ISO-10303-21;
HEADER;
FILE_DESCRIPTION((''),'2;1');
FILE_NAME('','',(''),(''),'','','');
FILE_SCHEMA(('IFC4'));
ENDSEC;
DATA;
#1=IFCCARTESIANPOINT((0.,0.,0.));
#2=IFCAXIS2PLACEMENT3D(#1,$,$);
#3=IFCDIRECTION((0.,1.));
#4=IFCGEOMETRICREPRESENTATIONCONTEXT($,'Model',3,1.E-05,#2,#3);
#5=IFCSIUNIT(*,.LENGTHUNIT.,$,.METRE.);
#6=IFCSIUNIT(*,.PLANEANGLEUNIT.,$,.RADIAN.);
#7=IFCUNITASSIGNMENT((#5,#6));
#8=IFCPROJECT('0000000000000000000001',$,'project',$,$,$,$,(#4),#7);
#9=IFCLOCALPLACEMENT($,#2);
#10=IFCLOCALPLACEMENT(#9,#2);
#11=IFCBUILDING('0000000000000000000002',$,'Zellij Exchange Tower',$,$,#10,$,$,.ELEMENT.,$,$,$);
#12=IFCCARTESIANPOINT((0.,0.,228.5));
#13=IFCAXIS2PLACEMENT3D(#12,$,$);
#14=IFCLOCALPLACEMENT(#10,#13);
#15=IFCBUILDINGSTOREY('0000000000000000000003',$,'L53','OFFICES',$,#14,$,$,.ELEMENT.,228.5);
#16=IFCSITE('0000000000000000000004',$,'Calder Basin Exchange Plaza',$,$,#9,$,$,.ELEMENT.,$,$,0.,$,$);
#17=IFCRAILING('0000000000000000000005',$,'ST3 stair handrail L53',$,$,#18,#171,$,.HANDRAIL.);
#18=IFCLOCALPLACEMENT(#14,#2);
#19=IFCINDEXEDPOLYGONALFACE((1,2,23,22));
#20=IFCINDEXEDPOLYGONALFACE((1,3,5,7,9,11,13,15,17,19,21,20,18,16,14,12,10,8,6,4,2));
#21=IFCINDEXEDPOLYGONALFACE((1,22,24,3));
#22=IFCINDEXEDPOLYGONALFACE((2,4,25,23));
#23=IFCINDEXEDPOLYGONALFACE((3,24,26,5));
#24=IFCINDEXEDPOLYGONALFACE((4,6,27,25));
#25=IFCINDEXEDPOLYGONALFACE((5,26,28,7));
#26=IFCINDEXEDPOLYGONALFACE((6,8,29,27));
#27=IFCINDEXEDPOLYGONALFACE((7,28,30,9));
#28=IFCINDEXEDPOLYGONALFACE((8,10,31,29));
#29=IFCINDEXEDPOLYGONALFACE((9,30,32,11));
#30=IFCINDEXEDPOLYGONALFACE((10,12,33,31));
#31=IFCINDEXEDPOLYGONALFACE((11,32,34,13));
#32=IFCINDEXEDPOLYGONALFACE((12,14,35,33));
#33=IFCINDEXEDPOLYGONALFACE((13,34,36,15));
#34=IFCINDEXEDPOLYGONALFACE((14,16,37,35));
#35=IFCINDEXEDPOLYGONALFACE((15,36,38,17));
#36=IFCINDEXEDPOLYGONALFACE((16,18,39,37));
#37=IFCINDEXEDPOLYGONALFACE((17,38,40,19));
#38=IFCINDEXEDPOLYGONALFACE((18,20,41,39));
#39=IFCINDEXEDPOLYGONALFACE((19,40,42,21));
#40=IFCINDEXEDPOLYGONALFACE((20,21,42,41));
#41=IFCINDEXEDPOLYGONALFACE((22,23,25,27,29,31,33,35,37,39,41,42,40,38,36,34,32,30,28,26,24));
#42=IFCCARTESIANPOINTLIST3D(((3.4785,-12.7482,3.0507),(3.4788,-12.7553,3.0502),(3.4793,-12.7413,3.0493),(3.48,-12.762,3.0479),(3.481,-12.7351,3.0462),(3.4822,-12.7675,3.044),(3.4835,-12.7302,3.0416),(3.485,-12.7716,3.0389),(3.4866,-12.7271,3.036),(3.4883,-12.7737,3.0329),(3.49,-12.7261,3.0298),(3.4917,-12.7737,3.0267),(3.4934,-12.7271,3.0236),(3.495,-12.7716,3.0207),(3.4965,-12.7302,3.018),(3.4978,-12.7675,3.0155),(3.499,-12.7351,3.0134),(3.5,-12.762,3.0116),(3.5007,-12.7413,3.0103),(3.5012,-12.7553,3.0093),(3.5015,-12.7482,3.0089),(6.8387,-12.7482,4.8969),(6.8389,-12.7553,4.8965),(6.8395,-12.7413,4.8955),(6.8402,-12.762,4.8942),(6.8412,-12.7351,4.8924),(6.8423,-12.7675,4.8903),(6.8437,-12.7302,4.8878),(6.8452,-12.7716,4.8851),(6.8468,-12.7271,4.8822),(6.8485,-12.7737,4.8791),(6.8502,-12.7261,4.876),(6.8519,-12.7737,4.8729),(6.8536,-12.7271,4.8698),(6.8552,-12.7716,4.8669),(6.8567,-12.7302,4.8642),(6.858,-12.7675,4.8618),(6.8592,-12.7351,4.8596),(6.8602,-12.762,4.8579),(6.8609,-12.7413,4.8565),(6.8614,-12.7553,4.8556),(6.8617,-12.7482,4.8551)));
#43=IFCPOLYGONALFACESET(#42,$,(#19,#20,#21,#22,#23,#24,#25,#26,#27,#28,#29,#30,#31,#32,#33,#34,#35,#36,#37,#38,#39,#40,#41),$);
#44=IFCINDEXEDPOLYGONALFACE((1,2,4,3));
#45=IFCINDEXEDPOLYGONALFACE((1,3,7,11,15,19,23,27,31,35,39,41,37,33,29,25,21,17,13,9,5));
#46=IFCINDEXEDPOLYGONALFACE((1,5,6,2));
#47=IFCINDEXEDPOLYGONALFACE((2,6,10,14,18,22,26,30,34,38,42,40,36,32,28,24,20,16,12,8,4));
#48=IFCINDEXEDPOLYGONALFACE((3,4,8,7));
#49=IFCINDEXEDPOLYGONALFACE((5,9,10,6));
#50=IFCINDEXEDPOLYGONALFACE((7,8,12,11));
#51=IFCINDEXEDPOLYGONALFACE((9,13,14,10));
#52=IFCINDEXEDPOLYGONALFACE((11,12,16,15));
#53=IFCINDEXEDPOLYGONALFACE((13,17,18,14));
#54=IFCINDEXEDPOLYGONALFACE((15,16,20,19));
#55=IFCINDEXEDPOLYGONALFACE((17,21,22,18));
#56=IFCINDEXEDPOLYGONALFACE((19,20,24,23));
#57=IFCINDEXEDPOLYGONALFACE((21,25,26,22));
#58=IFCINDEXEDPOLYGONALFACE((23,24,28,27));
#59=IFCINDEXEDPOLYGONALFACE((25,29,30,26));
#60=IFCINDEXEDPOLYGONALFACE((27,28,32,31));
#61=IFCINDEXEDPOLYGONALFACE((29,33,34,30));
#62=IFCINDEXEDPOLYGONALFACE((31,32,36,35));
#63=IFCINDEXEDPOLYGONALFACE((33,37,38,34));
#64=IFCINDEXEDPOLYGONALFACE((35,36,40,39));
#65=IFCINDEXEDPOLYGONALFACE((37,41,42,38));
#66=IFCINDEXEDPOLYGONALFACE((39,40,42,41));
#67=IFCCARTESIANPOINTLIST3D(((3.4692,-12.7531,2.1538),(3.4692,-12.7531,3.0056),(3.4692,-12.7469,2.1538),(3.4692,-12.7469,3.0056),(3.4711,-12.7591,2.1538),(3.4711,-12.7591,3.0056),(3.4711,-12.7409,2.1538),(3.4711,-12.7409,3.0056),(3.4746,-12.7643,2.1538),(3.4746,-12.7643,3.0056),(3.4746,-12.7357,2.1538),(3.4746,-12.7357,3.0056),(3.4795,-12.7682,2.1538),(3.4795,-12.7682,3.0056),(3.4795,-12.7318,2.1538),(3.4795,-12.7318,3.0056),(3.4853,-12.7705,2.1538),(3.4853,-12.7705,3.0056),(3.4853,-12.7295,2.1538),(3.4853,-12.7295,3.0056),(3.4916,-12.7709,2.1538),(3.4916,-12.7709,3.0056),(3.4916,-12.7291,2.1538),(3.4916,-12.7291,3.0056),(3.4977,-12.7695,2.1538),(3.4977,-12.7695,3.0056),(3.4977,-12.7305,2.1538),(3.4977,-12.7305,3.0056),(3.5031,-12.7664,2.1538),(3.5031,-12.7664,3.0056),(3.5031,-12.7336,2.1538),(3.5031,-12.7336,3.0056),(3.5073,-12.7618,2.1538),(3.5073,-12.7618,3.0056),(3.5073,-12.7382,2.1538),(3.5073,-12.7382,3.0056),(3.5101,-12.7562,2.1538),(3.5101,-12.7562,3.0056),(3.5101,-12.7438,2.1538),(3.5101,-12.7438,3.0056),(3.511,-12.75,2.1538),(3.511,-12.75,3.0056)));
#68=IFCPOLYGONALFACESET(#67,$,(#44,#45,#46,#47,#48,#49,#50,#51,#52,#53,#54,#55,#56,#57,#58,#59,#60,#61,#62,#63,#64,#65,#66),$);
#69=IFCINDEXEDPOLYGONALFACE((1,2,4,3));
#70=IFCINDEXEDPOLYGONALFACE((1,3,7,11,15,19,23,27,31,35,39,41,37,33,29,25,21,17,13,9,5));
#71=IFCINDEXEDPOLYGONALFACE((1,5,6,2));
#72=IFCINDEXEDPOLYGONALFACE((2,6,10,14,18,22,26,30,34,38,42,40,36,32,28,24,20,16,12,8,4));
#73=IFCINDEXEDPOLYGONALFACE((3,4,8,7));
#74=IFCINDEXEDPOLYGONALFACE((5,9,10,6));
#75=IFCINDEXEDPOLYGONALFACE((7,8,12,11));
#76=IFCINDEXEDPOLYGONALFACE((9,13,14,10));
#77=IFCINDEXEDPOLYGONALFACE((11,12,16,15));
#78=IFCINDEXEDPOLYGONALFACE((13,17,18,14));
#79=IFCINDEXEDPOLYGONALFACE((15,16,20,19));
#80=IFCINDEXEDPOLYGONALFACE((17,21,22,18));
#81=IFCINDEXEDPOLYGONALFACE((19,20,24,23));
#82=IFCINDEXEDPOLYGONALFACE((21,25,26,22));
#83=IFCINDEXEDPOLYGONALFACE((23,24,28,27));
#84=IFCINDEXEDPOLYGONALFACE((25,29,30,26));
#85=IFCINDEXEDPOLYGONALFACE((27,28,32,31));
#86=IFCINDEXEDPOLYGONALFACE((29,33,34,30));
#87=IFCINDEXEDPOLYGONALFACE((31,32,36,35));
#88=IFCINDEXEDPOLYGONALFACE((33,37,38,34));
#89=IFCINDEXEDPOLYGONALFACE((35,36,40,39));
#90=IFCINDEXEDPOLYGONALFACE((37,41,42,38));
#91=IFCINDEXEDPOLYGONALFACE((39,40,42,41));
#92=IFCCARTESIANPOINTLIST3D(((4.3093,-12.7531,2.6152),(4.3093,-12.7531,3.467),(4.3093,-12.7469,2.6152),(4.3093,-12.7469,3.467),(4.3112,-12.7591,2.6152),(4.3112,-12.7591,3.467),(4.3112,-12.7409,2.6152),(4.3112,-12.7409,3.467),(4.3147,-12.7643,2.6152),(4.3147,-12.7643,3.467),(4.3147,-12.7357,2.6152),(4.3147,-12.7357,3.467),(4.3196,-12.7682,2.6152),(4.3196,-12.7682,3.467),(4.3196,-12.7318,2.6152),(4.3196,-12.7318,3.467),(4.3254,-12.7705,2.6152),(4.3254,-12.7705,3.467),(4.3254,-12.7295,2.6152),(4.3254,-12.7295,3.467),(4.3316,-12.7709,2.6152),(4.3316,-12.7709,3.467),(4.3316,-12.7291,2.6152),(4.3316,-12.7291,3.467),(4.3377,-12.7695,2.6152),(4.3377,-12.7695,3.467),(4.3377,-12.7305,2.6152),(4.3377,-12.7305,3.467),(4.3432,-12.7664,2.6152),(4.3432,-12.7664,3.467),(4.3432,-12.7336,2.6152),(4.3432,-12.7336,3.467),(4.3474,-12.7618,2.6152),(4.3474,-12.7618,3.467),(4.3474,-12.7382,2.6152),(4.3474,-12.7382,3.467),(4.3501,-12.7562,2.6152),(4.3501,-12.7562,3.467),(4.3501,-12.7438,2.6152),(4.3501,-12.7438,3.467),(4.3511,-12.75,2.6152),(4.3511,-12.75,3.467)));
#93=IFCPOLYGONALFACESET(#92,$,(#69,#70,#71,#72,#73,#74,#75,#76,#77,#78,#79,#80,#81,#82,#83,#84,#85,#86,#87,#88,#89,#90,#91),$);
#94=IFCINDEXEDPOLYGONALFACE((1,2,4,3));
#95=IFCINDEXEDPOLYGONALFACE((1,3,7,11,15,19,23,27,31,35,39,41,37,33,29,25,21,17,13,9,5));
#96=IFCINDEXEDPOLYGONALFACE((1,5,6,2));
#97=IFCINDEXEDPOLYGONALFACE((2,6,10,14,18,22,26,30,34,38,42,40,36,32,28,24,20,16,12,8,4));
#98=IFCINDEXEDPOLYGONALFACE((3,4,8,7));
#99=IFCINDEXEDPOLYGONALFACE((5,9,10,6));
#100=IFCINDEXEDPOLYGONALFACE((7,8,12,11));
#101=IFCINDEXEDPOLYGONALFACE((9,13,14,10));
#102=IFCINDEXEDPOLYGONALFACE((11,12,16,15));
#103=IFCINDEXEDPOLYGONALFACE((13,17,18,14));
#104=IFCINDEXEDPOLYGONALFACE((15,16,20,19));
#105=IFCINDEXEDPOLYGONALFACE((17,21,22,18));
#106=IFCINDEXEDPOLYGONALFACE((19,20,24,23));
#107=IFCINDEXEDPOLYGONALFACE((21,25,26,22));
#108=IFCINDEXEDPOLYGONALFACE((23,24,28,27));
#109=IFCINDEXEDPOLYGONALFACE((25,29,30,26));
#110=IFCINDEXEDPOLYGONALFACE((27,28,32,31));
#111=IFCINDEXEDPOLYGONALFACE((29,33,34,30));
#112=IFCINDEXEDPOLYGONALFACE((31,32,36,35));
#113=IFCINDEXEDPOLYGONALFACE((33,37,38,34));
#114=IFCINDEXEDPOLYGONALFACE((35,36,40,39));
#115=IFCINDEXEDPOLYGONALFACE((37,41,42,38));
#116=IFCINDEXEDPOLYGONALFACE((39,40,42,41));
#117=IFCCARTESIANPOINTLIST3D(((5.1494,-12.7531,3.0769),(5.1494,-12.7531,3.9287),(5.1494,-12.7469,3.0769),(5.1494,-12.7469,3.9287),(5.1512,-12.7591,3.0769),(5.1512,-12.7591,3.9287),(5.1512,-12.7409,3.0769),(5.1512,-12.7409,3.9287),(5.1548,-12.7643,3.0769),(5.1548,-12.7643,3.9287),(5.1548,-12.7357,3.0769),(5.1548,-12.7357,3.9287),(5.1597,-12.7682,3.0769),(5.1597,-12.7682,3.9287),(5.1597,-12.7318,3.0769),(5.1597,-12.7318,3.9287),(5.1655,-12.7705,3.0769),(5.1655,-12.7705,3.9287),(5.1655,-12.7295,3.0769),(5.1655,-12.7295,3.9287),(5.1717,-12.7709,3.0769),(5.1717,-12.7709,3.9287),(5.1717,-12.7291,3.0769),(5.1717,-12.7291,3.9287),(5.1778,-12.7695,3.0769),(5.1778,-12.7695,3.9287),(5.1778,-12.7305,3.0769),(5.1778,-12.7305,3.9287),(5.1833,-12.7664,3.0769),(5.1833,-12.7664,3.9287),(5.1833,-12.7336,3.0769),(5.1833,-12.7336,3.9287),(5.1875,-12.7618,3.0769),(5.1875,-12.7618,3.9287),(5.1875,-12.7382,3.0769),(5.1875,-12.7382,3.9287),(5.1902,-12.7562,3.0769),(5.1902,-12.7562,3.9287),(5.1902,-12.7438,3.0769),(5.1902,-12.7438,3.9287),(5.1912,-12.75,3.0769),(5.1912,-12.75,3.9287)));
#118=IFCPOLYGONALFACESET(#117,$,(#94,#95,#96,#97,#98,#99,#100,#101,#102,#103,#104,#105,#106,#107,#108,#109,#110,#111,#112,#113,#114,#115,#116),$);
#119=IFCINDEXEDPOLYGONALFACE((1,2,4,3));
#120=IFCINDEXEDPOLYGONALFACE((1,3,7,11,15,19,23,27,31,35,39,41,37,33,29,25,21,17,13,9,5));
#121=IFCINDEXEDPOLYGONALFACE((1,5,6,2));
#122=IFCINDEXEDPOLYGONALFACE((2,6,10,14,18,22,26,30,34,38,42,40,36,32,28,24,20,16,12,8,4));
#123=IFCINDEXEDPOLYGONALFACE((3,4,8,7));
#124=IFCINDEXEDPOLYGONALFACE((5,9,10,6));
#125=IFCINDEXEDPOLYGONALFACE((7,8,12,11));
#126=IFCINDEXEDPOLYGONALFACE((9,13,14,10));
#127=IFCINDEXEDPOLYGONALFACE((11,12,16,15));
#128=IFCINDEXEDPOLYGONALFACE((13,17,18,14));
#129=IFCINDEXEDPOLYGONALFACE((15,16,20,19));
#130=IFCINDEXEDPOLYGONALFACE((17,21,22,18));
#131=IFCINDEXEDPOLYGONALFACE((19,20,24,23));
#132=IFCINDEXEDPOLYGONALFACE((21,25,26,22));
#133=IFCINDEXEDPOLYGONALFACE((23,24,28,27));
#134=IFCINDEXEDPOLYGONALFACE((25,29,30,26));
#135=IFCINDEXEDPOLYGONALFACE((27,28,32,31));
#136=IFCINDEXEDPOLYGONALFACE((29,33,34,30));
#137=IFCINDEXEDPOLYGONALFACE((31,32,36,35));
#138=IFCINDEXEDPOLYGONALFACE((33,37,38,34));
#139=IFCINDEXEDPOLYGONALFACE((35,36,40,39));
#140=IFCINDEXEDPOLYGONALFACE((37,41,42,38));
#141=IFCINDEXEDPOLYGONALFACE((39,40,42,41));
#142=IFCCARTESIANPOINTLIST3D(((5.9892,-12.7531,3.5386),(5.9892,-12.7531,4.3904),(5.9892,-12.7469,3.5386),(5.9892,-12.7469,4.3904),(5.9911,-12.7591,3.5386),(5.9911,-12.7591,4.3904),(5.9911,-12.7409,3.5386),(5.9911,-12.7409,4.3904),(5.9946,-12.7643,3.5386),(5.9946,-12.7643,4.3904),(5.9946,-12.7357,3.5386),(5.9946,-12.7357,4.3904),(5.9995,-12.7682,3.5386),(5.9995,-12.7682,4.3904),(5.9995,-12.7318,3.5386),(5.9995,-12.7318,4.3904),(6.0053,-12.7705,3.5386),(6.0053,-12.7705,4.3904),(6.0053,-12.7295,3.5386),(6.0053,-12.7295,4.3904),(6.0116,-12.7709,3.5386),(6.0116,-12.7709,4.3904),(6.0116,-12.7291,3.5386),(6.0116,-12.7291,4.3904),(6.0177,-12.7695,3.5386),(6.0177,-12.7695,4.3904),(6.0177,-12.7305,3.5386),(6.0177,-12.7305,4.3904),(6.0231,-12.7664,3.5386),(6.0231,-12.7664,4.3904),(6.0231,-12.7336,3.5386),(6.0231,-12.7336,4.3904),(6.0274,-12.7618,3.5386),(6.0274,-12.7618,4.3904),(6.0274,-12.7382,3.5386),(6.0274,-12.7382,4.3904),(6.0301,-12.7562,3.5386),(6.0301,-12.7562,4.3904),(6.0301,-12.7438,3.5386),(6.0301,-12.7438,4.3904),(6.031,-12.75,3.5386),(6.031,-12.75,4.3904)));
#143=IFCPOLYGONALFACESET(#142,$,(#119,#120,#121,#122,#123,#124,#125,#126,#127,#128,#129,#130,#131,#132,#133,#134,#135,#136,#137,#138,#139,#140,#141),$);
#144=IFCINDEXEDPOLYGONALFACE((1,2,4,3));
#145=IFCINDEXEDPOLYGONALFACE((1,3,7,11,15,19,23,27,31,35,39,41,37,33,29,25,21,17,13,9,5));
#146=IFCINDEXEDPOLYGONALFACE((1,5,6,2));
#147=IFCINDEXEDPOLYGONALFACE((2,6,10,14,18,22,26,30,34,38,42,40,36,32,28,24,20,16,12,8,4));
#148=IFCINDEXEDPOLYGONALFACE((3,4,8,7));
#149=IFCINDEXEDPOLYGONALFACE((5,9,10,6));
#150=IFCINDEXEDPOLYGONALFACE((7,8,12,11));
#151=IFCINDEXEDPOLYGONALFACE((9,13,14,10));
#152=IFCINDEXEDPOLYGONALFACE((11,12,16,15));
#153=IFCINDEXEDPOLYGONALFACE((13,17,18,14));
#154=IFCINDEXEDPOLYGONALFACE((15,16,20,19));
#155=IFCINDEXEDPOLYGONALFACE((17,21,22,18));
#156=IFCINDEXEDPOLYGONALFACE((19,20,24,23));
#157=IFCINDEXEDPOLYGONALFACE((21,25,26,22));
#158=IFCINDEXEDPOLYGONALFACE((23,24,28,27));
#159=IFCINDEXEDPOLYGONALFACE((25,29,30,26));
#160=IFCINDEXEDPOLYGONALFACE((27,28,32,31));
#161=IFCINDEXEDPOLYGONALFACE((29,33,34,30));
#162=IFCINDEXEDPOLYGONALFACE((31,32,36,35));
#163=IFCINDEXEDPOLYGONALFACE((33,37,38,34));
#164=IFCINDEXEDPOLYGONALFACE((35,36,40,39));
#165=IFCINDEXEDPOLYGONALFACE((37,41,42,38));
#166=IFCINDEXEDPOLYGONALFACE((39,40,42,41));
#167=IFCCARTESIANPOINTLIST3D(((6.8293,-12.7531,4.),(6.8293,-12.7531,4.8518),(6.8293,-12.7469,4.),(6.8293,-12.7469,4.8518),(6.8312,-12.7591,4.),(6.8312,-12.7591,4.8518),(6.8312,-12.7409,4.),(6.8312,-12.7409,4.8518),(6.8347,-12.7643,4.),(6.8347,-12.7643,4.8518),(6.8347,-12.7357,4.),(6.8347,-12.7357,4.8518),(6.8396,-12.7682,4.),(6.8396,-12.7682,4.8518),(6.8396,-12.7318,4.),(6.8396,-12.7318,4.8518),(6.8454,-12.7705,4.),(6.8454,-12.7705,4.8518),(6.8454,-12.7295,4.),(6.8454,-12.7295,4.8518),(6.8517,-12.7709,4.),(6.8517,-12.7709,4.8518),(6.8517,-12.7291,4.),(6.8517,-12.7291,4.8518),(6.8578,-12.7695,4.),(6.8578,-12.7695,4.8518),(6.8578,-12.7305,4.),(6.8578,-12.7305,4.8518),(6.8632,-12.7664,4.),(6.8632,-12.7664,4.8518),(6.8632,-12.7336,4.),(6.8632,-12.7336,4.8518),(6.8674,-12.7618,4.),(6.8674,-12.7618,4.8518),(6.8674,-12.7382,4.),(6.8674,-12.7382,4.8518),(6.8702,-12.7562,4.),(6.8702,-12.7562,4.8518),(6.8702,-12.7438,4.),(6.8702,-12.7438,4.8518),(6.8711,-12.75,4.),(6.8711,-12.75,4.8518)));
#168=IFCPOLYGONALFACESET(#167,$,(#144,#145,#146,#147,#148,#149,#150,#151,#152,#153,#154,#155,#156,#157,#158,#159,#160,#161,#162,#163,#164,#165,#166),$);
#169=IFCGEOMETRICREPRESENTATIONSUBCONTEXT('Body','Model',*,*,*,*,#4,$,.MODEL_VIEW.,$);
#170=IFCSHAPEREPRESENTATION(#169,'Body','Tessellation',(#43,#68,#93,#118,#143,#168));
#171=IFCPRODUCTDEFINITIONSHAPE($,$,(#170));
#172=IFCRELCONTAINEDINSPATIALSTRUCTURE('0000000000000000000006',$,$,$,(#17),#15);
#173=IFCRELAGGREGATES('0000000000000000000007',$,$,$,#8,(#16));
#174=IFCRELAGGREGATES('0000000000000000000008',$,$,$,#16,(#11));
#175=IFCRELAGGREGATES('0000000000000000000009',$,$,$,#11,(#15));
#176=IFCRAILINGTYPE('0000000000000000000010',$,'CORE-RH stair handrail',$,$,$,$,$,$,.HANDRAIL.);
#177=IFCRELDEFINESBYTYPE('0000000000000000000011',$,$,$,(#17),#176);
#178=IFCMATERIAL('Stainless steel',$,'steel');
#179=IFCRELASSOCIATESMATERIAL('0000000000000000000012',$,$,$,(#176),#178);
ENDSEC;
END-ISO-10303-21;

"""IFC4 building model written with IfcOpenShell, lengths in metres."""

from ifc_helpers import new_model, si_unit, direction, frame, origin, origin_2d, place, context, subcontext, project, spatial, circle, extrude, material, type_object, element, save


model = new_model("IFC4")

# Units and contexts
model_context = context("Model", 3, precision=1e-05, world=origin(), true_north=direction((0.0, 1.0)))
body_context = subcontext(model_context, "Body", "Model", "MODEL_VIEW")
ifc_project = project(units=[si_unit("LENGTHUNIT", "METRE"), si_unit("PLANEANGLEUNIT", "RADIAN")], contexts=[model_context])

# Site, building, storey
site_placement = place(None, origin())
site = spatial("IfcSite", under=ifc_project, at=site_placement, Name="Calder Basin Exchange Plaza", CompositionType="ELEMENT", RefElevation=0.0)
building_placement = place(site_placement, origin())
building = spatial("IfcBuilding", under=site, at=building_placement, Name="Zellij Exchange Tower", CompositionType="ELEMENT")
storey_placement = place(building_placement, frame((0.0, 0.0, 228.5)))
storey = spatial("IfcBuildingStorey", under=building, at=storey_placement, Name="L53", Description="OFFICES", CompositionType="ELEMENT", Elevation=228.5)

# Railing
ifc_material_1 = material(Name="Stainless steel", Category="steel")
railing_type_1 = type_object("IfcRailingType", Name="CORE-RH stair handrail", PredefinedType="HANDRAIL", material=ifc_material_1)
railing_1_placement = place(storey_placement, frame((3.49, -12.75, 2.1538)))
element("IfcRailing", 1, at=railing_1_placement, inside=storey, type_object=railing_type_1, Name="ST3 stair handrail L53", PredefinedType="HANDRAIL", context=body_context, shape_type="SweptSolid", body=[
    extrude(circle(Radius=0.0239, at=origin_2d()), frame((0.0, 0.0, 0.876), z_axis=(0.876422, 0.0, 0.481545), x_axis=(0.0, 1.0, 0.0)), (0.0, 0.0, 1.0), 3.834),
    extrude(circle(Radius=0.021, at=origin_2d()), origin(), (0.0, 0.0, 1.0), 0.8518),
    extrude(circle(Radius=0.021, at=origin_2d()), frame((0.8401, 0.0, 0.4614)), (0.0, 0.0, 1.0), 0.8518),
    extrude(circle(Radius=0.021, at=origin_2d()), frame((1.6802, 0.0, 0.9231)), (0.0, 0.0, 1.0), 0.8518),
    extrude(circle(Radius=0.021, at=origin_2d()), frame((2.52, 0.0, 1.3848)), (0.0, 0.0, 1.0), 0.8518),
    extrude(circle(Radius=0.021, at=origin_2d()), frame((3.3601, 0.0, 1.8462)), (0.0, 0.0, 1.0), 0.8518),
])

save(model, "model.ifc")
